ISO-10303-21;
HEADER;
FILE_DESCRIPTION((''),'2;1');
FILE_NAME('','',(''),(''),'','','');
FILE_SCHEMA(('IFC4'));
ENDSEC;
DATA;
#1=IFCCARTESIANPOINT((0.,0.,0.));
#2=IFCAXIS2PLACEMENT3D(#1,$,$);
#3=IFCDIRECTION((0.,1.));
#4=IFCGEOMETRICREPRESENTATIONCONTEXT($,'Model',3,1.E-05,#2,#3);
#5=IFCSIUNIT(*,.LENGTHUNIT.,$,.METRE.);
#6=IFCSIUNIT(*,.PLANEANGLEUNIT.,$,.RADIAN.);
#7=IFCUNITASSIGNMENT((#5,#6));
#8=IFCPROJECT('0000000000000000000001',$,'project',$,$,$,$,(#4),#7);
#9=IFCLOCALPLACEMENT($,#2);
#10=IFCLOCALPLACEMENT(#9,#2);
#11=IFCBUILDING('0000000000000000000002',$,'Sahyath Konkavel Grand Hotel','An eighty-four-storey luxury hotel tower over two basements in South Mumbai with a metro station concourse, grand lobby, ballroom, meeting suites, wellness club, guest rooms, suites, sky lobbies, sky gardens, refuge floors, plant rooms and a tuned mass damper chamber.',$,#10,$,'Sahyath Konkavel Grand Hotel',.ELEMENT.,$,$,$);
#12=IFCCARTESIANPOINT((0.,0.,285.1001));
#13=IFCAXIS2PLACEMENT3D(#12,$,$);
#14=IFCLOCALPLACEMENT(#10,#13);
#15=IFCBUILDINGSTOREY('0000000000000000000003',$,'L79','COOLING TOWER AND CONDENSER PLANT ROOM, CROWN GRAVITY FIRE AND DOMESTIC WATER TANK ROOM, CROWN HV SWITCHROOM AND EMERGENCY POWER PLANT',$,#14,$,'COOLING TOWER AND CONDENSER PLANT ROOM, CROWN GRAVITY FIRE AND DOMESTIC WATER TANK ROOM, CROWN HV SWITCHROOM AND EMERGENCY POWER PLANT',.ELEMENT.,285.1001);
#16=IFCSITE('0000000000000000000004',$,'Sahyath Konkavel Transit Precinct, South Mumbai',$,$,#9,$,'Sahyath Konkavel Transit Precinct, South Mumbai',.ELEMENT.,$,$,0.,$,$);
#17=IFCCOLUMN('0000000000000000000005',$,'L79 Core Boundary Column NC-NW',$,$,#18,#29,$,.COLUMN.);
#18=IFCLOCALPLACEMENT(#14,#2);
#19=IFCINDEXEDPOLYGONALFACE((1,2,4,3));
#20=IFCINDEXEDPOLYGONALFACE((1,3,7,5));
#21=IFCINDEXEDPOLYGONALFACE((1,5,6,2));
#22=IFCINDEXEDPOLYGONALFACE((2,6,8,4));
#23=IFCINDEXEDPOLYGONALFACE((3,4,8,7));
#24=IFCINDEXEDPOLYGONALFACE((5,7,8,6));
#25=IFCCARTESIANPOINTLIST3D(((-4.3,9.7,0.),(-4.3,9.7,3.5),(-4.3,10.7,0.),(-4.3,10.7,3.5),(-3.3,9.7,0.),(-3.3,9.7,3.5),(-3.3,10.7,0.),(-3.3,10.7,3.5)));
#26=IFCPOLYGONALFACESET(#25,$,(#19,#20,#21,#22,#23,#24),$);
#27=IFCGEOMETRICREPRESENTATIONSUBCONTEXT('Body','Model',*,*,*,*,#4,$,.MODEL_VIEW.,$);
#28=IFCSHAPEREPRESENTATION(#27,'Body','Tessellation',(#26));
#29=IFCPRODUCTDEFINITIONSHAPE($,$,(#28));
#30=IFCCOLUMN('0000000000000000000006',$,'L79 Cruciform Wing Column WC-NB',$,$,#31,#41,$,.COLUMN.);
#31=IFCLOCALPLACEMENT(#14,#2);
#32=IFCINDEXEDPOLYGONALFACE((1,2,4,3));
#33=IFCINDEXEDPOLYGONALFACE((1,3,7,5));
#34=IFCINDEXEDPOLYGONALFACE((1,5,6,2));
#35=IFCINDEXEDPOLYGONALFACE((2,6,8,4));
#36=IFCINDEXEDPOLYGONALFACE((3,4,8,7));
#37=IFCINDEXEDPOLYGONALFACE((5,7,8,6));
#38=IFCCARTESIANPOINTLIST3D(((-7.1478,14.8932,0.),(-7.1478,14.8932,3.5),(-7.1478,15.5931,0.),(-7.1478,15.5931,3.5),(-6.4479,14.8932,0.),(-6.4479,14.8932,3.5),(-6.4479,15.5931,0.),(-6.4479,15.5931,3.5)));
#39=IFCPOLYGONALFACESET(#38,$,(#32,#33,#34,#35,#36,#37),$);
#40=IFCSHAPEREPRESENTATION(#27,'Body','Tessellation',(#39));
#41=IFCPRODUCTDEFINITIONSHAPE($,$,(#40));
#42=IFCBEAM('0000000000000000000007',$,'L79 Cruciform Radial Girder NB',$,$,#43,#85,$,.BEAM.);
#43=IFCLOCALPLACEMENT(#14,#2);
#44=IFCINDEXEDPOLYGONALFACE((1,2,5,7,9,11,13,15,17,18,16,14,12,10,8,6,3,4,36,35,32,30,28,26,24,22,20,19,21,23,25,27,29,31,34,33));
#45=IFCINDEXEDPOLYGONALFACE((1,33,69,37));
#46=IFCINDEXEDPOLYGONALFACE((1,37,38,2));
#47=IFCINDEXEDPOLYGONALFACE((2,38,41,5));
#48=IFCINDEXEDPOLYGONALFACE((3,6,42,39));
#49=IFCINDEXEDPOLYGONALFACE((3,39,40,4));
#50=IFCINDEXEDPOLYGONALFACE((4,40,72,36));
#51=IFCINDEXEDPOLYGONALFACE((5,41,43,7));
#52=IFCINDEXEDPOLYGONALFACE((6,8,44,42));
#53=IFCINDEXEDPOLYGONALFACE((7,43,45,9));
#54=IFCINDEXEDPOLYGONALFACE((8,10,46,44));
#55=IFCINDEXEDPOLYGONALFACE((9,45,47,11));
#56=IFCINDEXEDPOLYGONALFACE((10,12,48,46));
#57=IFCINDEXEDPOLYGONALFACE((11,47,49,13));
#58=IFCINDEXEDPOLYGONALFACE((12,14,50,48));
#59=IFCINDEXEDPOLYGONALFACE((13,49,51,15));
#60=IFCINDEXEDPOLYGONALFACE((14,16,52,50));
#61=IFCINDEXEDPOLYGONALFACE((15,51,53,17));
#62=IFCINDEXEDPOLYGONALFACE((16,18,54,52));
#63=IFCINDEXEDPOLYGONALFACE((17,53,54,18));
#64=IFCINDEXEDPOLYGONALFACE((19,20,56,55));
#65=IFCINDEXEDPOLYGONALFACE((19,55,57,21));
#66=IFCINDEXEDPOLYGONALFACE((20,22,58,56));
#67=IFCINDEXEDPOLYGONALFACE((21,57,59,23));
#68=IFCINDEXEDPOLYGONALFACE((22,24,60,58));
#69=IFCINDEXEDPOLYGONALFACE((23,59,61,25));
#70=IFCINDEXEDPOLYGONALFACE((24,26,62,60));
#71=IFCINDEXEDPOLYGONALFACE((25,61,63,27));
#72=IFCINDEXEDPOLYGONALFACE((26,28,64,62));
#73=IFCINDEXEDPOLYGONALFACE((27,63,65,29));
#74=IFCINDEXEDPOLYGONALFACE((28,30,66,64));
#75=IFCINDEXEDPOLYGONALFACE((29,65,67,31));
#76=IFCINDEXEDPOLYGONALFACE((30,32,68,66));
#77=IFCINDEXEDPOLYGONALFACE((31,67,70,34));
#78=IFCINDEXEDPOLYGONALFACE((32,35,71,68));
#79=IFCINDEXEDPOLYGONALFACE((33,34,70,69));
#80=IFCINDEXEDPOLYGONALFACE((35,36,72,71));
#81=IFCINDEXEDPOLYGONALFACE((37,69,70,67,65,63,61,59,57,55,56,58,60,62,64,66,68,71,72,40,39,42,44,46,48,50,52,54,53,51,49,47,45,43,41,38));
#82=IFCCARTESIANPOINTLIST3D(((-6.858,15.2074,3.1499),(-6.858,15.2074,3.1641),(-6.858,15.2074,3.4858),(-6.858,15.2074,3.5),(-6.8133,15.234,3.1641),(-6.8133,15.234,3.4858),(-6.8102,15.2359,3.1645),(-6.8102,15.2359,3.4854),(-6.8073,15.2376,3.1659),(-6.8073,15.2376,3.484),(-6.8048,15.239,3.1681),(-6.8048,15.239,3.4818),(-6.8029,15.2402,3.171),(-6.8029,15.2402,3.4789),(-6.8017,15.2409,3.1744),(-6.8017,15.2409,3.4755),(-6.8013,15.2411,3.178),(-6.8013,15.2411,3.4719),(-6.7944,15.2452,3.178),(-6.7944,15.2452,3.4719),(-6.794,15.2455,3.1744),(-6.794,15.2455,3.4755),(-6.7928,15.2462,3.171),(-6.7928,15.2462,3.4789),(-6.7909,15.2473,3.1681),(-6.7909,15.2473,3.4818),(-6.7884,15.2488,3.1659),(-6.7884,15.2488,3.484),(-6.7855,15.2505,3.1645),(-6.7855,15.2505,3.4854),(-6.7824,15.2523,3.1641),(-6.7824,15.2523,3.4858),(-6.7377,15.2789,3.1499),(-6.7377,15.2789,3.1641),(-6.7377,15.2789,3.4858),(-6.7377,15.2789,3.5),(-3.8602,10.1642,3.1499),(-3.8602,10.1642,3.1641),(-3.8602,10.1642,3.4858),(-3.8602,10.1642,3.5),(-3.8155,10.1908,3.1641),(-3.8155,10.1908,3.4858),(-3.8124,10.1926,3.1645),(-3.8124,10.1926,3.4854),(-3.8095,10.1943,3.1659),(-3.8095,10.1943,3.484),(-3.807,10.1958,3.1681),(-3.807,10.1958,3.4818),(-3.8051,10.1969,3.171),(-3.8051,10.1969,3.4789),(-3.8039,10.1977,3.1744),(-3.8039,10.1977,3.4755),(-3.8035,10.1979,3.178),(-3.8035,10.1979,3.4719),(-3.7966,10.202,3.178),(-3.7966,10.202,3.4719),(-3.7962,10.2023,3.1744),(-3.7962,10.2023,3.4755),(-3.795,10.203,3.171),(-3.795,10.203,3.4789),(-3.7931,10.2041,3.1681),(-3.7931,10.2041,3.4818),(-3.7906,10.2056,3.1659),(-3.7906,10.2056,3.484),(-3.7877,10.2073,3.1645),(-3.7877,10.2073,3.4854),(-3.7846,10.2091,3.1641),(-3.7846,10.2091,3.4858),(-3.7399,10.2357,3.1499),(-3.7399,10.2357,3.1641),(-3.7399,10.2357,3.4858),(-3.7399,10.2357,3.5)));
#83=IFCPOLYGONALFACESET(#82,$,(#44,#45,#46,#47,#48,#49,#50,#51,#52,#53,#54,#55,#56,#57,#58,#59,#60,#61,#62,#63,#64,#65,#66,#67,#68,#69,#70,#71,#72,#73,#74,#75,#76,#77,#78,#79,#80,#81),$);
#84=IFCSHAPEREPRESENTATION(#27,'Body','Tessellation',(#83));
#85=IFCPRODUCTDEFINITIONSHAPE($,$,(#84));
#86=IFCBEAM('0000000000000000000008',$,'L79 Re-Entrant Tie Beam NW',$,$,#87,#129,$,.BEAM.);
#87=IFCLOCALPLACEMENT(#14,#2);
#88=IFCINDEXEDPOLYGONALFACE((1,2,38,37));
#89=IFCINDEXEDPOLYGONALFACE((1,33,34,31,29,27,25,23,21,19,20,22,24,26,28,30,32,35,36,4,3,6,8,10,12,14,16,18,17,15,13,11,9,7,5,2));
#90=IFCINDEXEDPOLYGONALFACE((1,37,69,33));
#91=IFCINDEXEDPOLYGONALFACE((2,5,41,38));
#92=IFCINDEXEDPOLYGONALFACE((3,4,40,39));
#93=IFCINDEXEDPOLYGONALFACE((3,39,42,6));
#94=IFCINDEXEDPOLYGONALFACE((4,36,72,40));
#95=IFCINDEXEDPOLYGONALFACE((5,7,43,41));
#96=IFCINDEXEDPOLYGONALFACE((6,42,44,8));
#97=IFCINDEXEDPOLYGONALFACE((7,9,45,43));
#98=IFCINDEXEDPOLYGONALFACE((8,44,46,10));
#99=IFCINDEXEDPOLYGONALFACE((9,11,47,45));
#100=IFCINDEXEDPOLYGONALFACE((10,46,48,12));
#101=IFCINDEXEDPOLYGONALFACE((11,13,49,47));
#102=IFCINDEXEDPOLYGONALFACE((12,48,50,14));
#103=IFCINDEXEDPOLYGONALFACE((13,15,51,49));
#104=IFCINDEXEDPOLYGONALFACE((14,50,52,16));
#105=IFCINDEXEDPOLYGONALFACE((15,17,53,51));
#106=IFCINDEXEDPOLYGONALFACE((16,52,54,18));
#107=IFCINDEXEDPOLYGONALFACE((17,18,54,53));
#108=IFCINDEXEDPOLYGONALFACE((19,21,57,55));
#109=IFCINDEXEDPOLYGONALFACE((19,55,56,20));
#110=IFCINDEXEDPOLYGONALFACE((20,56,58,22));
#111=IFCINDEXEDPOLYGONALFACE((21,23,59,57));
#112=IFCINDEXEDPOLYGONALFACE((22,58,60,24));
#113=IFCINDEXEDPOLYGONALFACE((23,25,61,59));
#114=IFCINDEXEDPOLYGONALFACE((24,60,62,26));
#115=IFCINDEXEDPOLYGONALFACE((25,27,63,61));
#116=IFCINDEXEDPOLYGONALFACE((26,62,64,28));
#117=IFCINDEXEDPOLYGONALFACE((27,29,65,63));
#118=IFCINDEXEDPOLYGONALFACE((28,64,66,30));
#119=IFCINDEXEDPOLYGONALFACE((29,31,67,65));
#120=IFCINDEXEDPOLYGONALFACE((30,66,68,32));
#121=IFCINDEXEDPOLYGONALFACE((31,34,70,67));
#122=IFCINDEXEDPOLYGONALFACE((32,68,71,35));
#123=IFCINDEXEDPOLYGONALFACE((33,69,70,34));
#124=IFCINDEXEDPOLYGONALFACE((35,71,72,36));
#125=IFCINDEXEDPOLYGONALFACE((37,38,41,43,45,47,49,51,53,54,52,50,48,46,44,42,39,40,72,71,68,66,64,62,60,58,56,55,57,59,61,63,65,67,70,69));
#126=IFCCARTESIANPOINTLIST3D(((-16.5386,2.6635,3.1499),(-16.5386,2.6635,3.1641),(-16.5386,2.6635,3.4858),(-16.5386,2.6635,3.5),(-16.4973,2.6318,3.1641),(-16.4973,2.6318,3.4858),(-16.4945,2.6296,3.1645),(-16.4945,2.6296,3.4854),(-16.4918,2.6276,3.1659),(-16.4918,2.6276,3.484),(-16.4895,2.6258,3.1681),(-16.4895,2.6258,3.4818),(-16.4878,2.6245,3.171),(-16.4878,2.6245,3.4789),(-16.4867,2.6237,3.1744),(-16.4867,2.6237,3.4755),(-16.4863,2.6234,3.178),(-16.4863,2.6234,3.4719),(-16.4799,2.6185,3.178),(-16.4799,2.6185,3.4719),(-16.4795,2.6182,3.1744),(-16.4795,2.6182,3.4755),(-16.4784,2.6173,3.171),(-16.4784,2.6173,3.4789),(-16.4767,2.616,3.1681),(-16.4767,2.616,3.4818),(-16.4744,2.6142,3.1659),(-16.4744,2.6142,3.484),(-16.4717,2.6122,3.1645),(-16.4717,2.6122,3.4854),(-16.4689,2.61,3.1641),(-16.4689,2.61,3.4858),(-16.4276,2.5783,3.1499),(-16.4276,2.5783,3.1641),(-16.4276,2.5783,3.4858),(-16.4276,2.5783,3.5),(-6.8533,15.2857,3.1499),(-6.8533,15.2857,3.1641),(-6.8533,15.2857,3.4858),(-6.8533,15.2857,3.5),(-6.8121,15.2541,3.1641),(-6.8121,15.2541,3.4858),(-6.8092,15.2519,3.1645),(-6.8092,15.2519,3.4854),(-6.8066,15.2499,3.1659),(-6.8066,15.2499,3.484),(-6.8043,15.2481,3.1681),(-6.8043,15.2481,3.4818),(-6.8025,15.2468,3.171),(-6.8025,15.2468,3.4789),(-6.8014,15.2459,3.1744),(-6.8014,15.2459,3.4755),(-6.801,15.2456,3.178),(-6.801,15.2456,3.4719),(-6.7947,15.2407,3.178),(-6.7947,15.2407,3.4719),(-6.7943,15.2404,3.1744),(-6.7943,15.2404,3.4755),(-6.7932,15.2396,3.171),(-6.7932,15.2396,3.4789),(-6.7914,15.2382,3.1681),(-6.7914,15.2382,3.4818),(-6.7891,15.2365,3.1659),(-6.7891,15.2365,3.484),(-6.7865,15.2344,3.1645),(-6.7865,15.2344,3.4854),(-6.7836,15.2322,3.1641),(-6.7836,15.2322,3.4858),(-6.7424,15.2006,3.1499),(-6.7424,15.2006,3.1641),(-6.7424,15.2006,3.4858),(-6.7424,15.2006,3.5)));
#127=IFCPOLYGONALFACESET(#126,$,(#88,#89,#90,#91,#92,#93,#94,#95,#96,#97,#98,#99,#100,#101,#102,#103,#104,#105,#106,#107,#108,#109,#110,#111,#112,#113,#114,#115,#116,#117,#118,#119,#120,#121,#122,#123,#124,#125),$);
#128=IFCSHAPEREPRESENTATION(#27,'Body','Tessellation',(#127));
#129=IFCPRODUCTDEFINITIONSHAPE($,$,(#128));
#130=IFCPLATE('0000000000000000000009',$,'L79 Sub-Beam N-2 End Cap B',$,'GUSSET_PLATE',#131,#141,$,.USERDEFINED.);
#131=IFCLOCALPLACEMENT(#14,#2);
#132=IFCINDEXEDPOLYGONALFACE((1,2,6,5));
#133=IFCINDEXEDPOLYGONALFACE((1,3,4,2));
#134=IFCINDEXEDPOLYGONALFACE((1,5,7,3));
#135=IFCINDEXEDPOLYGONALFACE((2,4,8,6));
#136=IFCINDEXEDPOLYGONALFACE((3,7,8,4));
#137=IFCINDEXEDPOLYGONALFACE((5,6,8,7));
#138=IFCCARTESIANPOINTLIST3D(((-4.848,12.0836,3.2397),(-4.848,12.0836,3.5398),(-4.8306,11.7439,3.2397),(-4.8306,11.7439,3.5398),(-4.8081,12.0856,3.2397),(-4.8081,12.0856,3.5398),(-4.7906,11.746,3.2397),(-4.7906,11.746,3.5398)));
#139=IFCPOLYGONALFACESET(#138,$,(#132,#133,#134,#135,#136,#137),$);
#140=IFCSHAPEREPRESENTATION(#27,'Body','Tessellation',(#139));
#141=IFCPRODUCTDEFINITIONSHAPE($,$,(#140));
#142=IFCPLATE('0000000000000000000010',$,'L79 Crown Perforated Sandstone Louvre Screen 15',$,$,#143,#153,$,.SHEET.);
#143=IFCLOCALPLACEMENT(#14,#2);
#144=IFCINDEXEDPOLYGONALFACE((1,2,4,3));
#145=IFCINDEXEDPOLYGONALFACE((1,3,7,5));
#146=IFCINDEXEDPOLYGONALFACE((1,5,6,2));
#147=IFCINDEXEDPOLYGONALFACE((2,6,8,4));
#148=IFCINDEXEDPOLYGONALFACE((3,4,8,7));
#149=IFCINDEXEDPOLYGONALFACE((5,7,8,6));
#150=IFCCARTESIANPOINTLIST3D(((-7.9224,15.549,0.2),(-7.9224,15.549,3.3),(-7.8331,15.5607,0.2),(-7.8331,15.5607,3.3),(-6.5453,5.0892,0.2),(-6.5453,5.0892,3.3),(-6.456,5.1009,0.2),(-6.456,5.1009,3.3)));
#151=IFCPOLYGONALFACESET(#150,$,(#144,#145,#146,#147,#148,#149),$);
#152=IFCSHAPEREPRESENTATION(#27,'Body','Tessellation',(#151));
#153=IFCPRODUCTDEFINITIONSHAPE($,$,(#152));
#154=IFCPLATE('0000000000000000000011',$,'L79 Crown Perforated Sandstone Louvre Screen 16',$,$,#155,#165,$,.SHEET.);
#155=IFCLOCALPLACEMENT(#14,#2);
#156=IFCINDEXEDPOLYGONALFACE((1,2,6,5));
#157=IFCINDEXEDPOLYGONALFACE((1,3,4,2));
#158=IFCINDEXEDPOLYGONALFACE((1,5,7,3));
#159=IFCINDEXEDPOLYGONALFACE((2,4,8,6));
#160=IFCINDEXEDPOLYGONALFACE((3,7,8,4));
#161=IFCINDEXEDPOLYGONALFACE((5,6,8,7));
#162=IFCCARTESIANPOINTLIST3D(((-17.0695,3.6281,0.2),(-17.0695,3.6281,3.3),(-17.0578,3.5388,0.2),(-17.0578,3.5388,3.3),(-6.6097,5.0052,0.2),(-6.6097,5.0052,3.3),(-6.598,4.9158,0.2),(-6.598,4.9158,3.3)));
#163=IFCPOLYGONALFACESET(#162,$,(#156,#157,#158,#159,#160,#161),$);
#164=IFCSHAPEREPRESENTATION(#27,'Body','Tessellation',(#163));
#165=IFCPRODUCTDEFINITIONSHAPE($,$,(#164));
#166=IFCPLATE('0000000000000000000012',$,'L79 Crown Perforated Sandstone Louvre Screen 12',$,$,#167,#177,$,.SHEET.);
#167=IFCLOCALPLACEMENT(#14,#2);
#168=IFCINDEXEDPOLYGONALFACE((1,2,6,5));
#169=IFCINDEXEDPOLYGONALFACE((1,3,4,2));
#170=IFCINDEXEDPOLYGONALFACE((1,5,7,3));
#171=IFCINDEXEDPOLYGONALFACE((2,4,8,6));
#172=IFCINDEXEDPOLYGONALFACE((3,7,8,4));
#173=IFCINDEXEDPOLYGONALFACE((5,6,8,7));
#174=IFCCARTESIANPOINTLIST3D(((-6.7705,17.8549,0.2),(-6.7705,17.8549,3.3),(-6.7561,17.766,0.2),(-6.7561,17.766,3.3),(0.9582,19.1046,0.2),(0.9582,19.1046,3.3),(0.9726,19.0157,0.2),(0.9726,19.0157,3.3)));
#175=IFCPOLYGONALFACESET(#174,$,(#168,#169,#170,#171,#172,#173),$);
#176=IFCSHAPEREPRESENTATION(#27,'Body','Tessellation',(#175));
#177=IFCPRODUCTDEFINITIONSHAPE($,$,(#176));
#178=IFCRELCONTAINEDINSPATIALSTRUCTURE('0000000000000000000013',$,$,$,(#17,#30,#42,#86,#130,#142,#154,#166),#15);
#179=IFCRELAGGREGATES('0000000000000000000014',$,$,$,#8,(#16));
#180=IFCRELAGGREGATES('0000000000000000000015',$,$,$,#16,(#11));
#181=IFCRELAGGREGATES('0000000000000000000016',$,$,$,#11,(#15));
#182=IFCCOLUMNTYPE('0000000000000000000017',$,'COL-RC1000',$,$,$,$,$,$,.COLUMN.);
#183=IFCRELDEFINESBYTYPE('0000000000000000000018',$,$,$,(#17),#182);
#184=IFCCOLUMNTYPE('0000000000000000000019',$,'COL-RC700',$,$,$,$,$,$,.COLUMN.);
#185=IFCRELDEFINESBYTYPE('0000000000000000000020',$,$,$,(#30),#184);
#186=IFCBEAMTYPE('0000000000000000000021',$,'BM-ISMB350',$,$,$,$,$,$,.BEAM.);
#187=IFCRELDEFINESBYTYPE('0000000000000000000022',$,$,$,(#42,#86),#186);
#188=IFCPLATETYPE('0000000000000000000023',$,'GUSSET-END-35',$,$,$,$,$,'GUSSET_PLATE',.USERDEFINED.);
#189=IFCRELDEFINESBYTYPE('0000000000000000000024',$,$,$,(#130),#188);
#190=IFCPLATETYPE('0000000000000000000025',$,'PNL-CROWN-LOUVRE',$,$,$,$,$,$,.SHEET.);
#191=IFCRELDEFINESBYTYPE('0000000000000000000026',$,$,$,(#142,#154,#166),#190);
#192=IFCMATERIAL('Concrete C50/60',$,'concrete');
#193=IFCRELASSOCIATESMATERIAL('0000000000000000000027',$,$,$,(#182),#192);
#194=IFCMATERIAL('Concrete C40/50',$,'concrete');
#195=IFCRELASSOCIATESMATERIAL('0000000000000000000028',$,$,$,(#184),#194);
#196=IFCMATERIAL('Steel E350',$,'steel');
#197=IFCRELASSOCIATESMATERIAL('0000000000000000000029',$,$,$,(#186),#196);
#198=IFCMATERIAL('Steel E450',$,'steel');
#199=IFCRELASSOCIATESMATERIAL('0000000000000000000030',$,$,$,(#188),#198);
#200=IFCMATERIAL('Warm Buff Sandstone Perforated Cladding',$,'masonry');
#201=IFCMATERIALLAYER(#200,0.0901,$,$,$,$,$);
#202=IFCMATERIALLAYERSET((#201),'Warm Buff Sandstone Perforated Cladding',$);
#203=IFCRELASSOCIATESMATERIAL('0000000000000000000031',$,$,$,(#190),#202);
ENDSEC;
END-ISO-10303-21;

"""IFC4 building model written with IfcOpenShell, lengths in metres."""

from ifc_helpers import new_model, si_unit, direction, frame, origin, origin_2d, place, context, subcontext, project, spatial, rectangle, i_section, extrude, source, transform, mapped, material, layer, layer_set, material_profile, profile_set, type_object, element, save


model = new_model("IFC4")

# Units and contexts
model_context = context("Model", 3, precision=1e-05, world=origin(), true_north=direction((0.0, 1.0)))
body_context = subcontext(model_context, "Body", "Model", "MODEL_VIEW")
ifc_project = project(units=[si_unit("LENGTHUNIT", "METRE"), si_unit("PLANEANGLEUNIT", "RADIAN")], contexts=[model_context])

# Site, building, storey
site_placement = place(None, origin())
site = spatial("IfcSite", under=ifc_project, at=site_placement, Name="Sahyath Konkavel Transit Precinct, South Mumbai", LongName="Sahyath Konkavel Transit Precinct, South Mumbai", CompositionType="ELEMENT", RefElevation=0.0)
building_placement = place(site_placement, origin())
building = spatial("IfcBuilding", under=site, at=building_placement, Name="Sahyath Konkavel Grand Hotel", Description="An eighty-four-storey luxury hotel tower over two basements in South Mumbai with a metro station concourse, grand lobby, ballroom, meeting suites, wellness club, guest rooms, suites, sky lobbies, sky gardens, refuge floors, plant rooms and a tuned mass damper chamber.", LongName="Sahyath Konkavel Grand Hotel", CompositionType="ELEMENT")
storey_placement = place(building_placement, frame((0.0, 0.0, 285.1001)))
storey = spatial("IfcBuildingStorey", under=building, at=storey_placement, Name="L79", Description="COOLING TOWER AND CONDENSER PLANT ROOM, CROWN GRAVITY FIRE AND DOMESTIC WATER TANK ROOM, CROWN HV SWITCHROOM AND EMERGENCY POWER PLANT", LongName="COOLING TOWER AND CONDENSER PLANT ROOM, CROWN GRAVITY FIRE AND DOMESTIC WATER TANK ROOM, CROWN HV SWITCHROOM AND EMERGENCY POWER PLANT", CompositionType="ELEMENT", Elevation=285.1001)

# Columns
ifc_material_1 = material(Name="Concrete C50/60", Category="concrete")
ifc_material_profile_1 = material_profile(ifc_material_1, rectangle(XDim=1.0, YDim=1.0, at=origin_2d()), Name="RC 1000x1000")
ifc_profile_set_1 = profile_set([ifc_material_profile_1], Name="Concrete C50/60")
column_type_1 = type_object("IfcColumnType", Name="COL-RC1000", PredefinedType="COLUMN", material=ifc_profile_set_1)
shared_shape_1 = source(origin(), body_context, "Body", "SweptSolid", [
    extrude(rectangle(XDim=1.0, YDim=1.0, at=origin_2d()), origin(), (0.0, 0.0, 1.0), 3.5),
])
column_1_placement = place(storey_placement, frame((-3.8, 10.2, 0.0), z_axis=(0.0, 0.0, 1.0), x_axis=(1.0, 0.0, 0.0)))
element("IfcColumn", 1, at=column_1_placement, inside=storey, type_object=column_type_1, Name="L79 Core Boundary Column NC-NW", PredefinedType="COLUMN", context=body_context, shape_type="MappedRepresentation", body=[
    mapped(shared_shape_1, transform((0.0, 0.0, 0.0), scale=1.0)),
])
ifc_material_2 = material(Name="Concrete C40/50", Category="concrete")
ifc_material_profile_2 = material_profile(ifc_material_2, rectangle(XDim=0.7, YDim=0.7, at=origin_2d()), Name="RC 700x700")
ifc_profile_set_2 = profile_set([ifc_material_profile_2], Name="Concrete C40/50")
column_type_2 = type_object("IfcColumnType", Name="COL-RC700", PredefinedType="COLUMN", material=ifc_profile_set_2)
shared_shape_2 = source(origin(), body_context, "Body", "SweptSolid", [
    extrude(rectangle(XDim=0.7, YDim=0.7, at=origin_2d()), origin(), (0.0, 0.0, 1.0), 3.5),
])
column_2_placement = place(storey_placement, frame((-6.7979, 15.2432, 0.0), z_axis=(0.0, 0.0, 1.0), x_axis=(1.0, 0.0, 0.0)))
element("IfcColumn", 2, at=column_2_placement, inside=storey, type_object=column_type_2, Name="L79 Cruciform Wing Column WC-NB", PredefinedType="COLUMN", context=body_context, shape_type="MappedRepresentation", body=[
    mapped(shared_shape_2, transform((0.0, 0.0, 0.0), scale=1.0)),
])

# Beams
ifc_material_3 = material(Name="Steel E350", Category="steel")
ifc_material_profile_3 = material_profile(ifc_material_3, i_section(OverallWidth=0.1399, OverallDepth=0.3501, WebThickness=0.0081, FlangeThickness=0.0142, FilletRadius=0.0139, at=origin_2d()), Name="ISMB 350")
ifc_profile_set_3 = profile_set([ifc_material_profile_3], Name="Steel E350")
beam_type = type_object("IfcBeamType", Name="BM-ISMB350", PredefinedType="BEAM", material=ifc_profile_set_3)
shared_shape_3 = source(origin(), body_context, "Body", "SweptSolid", [
    extrude(i_section(OverallWidth=0.1399, OverallDepth=0.3501, WebThickness=0.0081, FlangeThickness=0.0142, FilletRadius=0.0139, at=origin_2d()), origin(), (0.0, 0.0, 1.0), 5.8669),
])
beam_1_placement = place(storey_placement, frame((-3.8, 10.2, 3.325), z_axis=(-0.510967, 0.859601, 0.0), x_axis=(-0.859601, -0.510967, 0.0)))
element("IfcBeam", 3, at=beam_1_placement, inside=storey, type_object=beam_type, Name="L79 Cruciform Radial Girder NB", PredefinedType="BEAM", context=body_context, shape_type="MappedRepresentation", body=[
    mapped(shared_shape_3, transform((0.0, 0.0, 0.0), scale=1.0)),
])
shared_shape_4 = source(origin(), body_context, "Body", "SweptSolid", [
    extrude(i_section(OverallWidth=0.1399, OverallDepth=0.3501, WebThickness=0.0081, FlangeThickness=0.0142, FilletRadius=0.0139, at=origin_2d()), origin(), (0.0, 0.0, 1.0), 15.9099),
])
beam_2_placement = place(storey_placement, frame((-6.7979, 15.2432, 3.325), z_axis=(-0.608756, -0.793358, 0.0), x_axis=(0.793358, -0.608756, 0.0)))
element("IfcBeam", 4, at=beam_2_placement, inside=storey, type_object=beam_type, Name="L79 Re-Entrant Tie Beam NW", PredefinedType="BEAM", context=body_context, shape_type="MappedRepresentation", body=[
    mapped(shared_shape_4, transform((0.0, 0.0, 0.0), scale=1.0)),
])

# Plates
ifc_material_4 = material(Name="Steel E450", Category="steel")
plate_type_1 = type_object("IfcPlateType", Name="GUSSET-END-35", ElementType="GUSSET_PLATE", PredefinedType="USERDEFINED", material=ifc_material_4)
shared_shape_5 = source(origin(), body_context, "Body", "SweptSolid", [
    extrude(rectangle(XDim=0.04, YDim=0.3401, at=origin_2d()), origin(), (0.0, 0.0, 1.0), 0.3),
])
plate_1_placement = place(storey_placement, frame((-4.8193, 11.9148, 3.2397), z_axis=(0.0, 0.0, 1.0), x_axis=(-0.998686, -0.051238, 0.0)))
element("IfcPlate", 5, at=plate_1_placement, inside=storey, type_object=plate_type_1, Name="L79 Sub-Beam N-2 End Cap B", ObjectType="GUSSET_PLATE", PredefinedType="USERDEFINED", context=body_context, shape_type="MappedRepresentation", body=[
    mapped(shared_shape_5, transform((0.0, 0.0, 0.0), scale=1.0)),
])
ifc_material_5 = material(Name="Warm Buff Sandstone Perforated Cladding", Category="masonry")
ifc_layer_1 = layer(ifc_material_5, 0.0901)
ifc_layer_set_1 = layer_set([ifc_layer_1], Name="Warm Buff Sandstone Perforated Cladding")
plate_type_2 = type_object("IfcPlateType", Name="PNL-CROWN-LOUVRE", PredefinedType="SHEET", material=ifc_layer_set_1)
shared_shape_6 = source(origin(), body_context, "Body", "SweptSolid", [
    extrude(rectangle(XDim=10.55, YDim=0.0901, at=origin_2d()), origin(), (0.0, 0.0, 1.0), 3.1001),
])
for number, where, z_axis, x_axis, name in (
    (6, (-7.1892, 10.325, 0.2), (0.0, 0.0, 1.0), (0.130526, -0.991445, 0.0), "L79 Crown Perforated Sandstone Louvre Screen 15"),
    (7, (-11.8337, 4.272, 0.2), (0.0, 0.0, 1.0), (-0.991445, -0.130526, 0.0), "L79 Crown Perforated Sandstone Louvre Screen 16"),
):
    element("IfcPlate", number, at=place(storey_placement, frame(where, z_axis=z_axis, x_axis=x_axis)), inside=storey, type_object=plate_type_2, Name=name, PredefinedType="SHEET", context=body_context, shape_type="MappedRepresentation", body=[
        mapped(shared_shape_6, transform((0.0, 0.0, 0.0), scale=1.0)),
    ])
shared_shape_7 = source(origin(), body_context, "Body", "SweptSolid", [
    extrude(rectangle(XDim=7.8291, YDim=0.0901, at=origin_2d()), origin(), (0.0, 0.0, 1.0), 3.1001),
])
plate_2_placement = place(storey_placement, frame((-2.8989, 18.4353, 0.2), z_axis=(0.0, 0.0, 1.0), x_axis=(-0.987178, -0.159623, 0.0)))
element("IfcPlate", 8, at=plate_2_placement, inside=storey, type_object=plate_type_2, Name="L79 Crown Perforated Sandstone Louvre Screen 12", PredefinedType="SHEET", context=body_context, shape_type="MappedRepresentation", body=[
    mapped(shared_shape_7, transform((0.0, 0.0, 0.0), scale=1.0)),
])

save(model, "model.ifc")
